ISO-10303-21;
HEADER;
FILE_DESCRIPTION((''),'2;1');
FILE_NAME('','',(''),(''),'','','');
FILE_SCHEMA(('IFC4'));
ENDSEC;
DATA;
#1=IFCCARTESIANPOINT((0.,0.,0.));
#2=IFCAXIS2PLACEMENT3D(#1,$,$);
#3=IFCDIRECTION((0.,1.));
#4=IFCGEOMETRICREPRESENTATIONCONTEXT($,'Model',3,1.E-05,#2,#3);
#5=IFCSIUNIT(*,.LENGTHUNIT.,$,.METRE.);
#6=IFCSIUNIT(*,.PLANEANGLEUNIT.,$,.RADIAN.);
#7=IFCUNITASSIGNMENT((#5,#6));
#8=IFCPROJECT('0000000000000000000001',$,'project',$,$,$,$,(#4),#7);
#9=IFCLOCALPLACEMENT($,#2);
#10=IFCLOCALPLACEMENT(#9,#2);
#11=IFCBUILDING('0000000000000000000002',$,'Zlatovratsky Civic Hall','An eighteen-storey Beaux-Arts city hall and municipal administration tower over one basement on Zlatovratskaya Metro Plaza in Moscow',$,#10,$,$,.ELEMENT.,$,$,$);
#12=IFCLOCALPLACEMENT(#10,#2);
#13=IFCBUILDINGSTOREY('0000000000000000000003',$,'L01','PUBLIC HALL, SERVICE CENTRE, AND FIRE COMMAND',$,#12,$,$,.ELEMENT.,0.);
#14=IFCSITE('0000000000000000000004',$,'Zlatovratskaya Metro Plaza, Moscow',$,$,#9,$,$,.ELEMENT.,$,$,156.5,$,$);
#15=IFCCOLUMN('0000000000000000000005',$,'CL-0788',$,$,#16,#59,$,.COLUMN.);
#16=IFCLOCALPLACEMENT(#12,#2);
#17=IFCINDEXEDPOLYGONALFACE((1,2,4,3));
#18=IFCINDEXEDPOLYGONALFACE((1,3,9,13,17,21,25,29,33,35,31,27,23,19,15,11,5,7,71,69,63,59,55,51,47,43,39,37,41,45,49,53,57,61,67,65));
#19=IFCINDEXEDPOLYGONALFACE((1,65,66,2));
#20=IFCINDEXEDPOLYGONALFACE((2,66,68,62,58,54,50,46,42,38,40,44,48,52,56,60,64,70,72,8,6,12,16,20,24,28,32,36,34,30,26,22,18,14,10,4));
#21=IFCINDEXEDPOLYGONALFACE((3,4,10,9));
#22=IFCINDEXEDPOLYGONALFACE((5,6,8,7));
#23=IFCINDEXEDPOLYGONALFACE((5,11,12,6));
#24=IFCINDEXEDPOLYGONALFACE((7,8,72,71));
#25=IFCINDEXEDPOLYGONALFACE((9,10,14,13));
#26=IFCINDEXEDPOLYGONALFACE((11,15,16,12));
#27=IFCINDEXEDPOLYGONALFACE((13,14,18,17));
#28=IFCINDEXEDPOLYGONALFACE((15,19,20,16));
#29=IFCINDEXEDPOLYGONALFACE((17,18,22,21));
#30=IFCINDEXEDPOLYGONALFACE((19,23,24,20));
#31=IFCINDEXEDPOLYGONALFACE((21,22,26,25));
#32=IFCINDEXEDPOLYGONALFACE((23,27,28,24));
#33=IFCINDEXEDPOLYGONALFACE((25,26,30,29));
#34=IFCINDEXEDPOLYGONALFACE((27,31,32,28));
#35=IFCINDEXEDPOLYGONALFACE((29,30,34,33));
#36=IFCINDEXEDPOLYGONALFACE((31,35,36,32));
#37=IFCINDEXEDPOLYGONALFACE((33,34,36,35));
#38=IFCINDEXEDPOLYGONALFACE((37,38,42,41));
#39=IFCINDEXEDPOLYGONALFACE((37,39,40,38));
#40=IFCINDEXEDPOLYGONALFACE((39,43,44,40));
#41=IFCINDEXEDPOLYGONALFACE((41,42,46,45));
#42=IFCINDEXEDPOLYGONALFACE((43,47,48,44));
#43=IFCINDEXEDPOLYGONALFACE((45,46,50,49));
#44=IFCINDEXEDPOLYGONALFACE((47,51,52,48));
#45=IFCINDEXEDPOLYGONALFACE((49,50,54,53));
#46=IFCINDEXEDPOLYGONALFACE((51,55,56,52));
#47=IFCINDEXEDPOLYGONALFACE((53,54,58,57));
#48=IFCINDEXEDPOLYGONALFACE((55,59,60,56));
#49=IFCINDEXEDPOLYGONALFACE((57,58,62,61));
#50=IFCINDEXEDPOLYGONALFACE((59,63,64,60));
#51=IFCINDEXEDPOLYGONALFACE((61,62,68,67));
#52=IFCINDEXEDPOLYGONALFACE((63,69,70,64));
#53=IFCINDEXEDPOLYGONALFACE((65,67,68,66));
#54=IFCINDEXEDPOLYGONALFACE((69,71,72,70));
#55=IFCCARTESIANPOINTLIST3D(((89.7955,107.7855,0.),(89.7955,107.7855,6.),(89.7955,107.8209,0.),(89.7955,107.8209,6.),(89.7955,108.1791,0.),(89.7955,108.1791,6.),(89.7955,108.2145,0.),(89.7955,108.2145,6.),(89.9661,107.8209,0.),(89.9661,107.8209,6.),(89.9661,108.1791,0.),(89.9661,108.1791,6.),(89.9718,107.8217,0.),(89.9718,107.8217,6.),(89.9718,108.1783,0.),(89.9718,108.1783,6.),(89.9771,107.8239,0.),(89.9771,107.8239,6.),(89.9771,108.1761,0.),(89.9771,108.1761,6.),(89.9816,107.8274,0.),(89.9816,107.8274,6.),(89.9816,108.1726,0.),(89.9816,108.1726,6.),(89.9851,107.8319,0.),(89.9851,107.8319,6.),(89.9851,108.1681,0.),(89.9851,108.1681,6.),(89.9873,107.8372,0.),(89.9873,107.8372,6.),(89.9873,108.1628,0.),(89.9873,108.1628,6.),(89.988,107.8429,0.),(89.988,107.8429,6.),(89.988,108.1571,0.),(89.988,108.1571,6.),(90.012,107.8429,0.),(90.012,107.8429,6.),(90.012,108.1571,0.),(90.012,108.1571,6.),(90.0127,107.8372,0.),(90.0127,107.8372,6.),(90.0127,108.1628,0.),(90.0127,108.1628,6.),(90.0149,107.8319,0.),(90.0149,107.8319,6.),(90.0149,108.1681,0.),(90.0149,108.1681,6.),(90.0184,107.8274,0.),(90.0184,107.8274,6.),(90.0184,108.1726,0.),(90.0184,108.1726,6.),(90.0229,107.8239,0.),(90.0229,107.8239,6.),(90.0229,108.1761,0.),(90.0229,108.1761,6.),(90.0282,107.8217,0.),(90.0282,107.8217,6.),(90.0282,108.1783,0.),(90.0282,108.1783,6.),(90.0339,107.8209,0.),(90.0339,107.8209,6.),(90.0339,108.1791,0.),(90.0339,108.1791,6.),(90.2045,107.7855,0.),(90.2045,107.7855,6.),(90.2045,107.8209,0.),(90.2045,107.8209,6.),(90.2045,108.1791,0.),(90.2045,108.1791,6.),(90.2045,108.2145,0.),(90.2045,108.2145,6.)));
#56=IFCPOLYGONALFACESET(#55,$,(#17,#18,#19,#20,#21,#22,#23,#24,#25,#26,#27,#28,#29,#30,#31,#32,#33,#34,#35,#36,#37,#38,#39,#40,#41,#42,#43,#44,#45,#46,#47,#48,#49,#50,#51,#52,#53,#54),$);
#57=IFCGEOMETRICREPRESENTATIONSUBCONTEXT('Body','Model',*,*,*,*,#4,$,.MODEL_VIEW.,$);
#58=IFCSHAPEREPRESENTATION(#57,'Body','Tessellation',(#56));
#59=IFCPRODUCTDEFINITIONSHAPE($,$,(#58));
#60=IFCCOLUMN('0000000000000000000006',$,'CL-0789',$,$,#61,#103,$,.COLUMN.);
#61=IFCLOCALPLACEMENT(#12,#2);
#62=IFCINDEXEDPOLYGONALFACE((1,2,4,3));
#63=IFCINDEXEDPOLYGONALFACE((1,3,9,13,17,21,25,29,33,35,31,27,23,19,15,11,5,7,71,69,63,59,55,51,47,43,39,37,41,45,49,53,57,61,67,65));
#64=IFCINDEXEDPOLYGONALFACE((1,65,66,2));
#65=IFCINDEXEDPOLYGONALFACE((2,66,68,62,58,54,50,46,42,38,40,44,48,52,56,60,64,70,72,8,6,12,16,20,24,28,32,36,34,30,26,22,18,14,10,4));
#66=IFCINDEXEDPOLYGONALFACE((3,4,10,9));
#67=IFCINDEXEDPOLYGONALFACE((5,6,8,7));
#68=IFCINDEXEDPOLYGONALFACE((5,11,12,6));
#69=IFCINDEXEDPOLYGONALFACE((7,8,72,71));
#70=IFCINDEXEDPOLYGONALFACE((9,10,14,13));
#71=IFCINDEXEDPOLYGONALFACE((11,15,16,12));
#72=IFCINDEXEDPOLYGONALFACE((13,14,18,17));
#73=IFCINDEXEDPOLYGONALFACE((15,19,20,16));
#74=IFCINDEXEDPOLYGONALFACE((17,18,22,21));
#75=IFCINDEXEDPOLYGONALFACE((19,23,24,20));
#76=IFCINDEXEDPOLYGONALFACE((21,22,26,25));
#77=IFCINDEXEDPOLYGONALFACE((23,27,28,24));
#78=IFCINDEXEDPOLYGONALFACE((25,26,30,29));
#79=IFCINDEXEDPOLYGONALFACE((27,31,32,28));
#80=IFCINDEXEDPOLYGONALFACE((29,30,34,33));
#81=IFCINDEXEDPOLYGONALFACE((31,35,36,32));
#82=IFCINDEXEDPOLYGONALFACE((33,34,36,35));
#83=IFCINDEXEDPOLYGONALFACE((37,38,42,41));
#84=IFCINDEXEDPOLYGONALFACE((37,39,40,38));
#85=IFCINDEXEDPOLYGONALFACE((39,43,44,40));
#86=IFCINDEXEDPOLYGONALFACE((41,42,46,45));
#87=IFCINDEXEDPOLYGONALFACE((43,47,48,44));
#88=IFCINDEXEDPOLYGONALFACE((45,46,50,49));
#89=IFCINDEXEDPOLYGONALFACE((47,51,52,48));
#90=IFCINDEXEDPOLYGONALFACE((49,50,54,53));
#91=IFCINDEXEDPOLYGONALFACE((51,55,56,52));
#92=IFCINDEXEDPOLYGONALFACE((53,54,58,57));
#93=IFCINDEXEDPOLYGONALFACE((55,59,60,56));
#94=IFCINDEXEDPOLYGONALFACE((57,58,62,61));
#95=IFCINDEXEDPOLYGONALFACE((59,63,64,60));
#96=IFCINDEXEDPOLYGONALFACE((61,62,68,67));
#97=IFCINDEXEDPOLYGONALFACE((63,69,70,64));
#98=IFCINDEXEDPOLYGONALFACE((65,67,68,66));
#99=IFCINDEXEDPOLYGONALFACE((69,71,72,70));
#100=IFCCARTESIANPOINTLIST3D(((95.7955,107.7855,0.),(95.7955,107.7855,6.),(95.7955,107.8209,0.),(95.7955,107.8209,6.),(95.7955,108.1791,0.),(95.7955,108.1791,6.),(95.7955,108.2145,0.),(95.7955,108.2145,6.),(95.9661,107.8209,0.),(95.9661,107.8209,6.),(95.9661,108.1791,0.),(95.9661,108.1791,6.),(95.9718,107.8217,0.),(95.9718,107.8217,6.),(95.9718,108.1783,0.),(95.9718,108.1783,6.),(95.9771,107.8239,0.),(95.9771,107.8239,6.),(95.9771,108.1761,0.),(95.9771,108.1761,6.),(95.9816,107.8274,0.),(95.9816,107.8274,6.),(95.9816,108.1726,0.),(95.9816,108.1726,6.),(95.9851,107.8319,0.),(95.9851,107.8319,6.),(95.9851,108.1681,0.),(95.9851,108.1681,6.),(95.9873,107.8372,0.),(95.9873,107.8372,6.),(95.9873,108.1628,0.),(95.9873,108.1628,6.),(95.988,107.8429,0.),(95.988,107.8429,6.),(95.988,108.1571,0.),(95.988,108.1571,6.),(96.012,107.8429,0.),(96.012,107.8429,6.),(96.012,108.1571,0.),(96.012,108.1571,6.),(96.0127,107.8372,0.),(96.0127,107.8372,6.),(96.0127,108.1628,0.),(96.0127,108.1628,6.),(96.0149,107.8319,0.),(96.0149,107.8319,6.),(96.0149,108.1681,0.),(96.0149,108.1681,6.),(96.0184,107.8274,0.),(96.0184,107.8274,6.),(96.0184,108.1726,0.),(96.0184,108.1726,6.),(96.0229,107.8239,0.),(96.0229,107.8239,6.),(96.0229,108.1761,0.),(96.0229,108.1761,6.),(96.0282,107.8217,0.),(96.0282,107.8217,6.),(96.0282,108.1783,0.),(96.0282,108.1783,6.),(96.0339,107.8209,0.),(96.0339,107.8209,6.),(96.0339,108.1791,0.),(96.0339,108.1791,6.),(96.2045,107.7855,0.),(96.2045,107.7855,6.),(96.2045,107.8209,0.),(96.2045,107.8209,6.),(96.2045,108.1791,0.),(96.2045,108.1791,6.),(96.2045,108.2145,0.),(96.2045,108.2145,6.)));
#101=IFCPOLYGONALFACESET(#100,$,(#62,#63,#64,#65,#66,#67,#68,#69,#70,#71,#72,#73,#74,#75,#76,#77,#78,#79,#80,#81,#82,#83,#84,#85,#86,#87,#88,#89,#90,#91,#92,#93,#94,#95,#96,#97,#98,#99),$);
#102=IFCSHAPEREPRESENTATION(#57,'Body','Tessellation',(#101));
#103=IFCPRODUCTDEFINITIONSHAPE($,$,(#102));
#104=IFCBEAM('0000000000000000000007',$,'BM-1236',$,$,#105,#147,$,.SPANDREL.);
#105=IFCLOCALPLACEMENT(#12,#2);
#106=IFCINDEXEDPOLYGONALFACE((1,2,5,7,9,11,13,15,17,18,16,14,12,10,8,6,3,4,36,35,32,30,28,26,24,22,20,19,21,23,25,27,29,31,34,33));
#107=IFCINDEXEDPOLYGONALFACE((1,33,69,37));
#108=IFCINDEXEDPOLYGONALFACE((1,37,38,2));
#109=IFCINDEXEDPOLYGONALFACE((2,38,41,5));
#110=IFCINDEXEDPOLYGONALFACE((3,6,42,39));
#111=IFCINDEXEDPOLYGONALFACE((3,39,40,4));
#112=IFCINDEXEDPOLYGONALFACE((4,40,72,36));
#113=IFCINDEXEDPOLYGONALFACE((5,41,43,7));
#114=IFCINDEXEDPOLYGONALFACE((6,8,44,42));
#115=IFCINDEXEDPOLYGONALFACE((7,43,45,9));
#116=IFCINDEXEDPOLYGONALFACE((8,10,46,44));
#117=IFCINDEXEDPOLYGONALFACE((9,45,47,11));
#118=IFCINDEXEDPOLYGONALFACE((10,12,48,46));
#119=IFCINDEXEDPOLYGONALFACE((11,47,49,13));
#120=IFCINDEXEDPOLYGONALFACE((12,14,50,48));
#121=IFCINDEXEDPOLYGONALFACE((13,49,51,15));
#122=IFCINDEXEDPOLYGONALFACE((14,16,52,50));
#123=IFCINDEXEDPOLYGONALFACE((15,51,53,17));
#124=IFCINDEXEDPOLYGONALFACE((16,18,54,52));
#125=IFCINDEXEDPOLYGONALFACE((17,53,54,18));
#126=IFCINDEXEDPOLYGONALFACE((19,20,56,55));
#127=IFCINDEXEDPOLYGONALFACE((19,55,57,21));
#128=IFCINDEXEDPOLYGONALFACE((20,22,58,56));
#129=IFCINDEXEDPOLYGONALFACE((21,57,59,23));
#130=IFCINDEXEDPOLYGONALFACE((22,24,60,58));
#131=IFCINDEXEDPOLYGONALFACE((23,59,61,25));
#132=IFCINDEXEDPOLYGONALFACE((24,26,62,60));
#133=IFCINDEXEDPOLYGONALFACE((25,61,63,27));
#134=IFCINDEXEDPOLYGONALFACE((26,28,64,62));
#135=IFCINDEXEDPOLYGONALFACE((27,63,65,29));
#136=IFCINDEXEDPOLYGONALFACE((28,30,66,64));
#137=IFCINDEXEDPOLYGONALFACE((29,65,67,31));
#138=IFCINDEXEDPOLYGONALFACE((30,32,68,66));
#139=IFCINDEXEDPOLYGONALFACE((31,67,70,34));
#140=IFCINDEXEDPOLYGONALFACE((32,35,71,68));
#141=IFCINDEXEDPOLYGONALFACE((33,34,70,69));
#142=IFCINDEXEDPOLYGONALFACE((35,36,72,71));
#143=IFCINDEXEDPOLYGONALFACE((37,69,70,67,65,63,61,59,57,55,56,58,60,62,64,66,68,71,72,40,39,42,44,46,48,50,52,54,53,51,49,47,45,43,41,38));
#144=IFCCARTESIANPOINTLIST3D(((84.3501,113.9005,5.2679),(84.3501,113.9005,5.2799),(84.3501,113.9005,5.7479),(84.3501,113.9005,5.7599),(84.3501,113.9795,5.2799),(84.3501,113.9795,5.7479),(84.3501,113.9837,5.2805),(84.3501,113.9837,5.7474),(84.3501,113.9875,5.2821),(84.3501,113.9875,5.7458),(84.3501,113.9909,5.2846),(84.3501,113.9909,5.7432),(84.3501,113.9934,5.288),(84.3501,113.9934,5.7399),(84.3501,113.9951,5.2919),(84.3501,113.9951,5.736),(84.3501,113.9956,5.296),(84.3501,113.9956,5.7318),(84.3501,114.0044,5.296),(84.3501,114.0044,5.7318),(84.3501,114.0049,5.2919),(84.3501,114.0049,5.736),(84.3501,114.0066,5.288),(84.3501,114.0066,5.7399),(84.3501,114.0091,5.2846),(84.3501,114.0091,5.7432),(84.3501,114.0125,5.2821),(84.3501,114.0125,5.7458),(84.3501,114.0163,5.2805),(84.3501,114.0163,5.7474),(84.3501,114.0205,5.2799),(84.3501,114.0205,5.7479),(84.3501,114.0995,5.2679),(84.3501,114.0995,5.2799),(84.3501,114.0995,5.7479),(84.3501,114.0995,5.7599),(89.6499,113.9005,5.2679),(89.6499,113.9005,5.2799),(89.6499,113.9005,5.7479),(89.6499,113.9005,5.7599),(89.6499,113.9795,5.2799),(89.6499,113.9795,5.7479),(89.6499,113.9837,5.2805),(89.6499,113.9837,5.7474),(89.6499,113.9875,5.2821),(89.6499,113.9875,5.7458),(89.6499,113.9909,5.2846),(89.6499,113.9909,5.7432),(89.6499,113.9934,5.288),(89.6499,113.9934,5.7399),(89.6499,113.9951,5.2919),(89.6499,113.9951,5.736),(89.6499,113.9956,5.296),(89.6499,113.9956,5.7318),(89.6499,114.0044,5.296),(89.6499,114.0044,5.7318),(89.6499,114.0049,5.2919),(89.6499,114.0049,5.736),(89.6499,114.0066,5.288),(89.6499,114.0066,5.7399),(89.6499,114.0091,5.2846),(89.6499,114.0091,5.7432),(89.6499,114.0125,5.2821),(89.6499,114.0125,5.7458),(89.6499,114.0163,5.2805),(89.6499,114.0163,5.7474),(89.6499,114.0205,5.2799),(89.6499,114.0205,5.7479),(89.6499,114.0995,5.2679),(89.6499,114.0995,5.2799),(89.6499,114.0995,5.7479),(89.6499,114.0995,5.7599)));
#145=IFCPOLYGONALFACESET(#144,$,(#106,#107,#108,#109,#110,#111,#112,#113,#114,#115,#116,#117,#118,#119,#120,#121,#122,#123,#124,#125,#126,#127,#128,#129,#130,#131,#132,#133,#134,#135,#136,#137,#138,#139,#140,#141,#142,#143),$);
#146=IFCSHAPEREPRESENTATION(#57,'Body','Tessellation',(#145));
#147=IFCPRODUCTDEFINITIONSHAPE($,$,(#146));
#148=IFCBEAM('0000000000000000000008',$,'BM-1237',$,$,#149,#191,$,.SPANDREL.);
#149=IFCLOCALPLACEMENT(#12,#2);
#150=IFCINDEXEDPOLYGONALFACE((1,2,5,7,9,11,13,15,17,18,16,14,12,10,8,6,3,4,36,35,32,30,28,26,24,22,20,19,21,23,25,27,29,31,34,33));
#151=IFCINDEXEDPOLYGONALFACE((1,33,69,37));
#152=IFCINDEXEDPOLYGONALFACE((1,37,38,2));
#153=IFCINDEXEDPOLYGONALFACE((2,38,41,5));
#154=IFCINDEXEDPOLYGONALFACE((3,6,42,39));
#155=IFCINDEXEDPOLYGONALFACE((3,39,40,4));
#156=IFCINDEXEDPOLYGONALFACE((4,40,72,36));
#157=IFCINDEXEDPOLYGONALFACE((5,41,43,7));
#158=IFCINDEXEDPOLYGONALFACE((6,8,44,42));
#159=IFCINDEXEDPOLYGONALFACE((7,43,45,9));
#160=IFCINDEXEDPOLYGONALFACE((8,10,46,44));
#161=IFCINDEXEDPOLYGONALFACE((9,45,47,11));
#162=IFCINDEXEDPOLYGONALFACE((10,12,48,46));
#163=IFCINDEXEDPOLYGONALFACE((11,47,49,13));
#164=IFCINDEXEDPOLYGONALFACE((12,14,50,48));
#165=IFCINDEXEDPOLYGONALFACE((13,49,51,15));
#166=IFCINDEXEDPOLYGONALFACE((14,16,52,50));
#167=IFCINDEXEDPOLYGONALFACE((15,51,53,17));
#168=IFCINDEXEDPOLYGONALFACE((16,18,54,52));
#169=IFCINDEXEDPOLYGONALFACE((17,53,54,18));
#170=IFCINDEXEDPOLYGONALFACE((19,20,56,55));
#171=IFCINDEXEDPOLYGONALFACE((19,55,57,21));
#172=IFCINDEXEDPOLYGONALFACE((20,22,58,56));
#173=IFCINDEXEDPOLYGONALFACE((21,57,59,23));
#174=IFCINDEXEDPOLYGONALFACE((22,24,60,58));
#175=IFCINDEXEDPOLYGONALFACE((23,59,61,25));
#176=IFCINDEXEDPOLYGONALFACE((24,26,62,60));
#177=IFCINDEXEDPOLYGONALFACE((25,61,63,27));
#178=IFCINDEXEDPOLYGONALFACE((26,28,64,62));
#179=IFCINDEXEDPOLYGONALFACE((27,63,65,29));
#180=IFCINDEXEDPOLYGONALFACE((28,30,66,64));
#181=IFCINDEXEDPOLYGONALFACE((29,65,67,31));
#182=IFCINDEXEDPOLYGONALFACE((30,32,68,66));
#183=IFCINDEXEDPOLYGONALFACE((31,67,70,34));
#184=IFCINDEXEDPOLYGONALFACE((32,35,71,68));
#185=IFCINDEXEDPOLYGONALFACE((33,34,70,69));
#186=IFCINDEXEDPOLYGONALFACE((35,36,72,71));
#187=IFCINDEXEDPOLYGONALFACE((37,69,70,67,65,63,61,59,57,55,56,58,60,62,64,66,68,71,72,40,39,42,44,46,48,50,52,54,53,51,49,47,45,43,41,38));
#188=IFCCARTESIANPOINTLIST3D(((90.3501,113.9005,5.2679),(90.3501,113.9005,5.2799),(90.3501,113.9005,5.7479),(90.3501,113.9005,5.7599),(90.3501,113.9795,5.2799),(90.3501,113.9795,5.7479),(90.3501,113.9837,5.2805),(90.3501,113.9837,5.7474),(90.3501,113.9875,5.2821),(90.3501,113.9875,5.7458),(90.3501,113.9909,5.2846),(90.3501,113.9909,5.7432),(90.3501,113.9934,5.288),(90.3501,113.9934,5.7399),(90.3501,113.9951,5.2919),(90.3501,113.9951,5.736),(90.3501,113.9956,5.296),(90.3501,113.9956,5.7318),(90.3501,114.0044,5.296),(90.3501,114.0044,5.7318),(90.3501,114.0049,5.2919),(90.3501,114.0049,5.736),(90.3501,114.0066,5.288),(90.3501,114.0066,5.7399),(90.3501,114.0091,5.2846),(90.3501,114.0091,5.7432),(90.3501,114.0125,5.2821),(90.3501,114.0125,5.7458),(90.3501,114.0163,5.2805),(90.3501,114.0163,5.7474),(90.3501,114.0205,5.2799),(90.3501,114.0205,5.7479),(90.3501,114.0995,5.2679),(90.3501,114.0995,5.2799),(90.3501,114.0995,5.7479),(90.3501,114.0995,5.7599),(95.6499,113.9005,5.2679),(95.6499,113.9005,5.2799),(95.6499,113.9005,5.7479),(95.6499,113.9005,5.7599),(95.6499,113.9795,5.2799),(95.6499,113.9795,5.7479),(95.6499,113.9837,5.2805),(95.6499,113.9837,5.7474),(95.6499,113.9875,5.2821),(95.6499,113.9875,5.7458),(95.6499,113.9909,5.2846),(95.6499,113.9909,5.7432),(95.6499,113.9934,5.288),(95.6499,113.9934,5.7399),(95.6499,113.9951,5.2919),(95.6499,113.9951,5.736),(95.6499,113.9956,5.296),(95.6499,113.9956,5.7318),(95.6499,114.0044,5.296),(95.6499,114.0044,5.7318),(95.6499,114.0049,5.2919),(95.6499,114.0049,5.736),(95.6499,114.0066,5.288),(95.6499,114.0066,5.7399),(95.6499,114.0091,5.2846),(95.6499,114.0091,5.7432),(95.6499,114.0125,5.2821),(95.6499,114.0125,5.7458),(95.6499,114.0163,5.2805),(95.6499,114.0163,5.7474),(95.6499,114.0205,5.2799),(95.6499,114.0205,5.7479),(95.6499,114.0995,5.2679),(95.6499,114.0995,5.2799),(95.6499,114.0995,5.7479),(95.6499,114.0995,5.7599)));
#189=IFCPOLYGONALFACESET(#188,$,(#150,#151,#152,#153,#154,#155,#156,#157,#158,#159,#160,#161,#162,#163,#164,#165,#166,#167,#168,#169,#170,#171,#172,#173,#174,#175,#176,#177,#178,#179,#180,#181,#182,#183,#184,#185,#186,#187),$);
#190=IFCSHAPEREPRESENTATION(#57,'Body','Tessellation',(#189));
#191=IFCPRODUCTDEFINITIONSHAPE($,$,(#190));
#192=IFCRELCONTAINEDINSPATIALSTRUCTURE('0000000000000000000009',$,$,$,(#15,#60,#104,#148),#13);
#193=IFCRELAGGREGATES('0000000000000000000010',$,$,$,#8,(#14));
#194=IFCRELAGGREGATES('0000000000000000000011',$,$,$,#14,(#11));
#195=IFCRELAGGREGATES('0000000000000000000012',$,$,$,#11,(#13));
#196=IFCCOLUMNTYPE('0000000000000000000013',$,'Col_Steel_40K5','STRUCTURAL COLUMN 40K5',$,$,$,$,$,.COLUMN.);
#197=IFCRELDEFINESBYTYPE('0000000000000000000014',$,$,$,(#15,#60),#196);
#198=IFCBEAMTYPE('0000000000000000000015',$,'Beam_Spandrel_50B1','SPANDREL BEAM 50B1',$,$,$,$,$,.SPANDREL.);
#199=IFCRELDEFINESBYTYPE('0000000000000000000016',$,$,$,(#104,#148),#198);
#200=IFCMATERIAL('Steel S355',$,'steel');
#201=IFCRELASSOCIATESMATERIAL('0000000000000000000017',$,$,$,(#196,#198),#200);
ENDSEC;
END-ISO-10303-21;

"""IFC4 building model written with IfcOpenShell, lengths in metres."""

from ifc_helpers import new_model, si_unit, direction, frame, origin, origin_2d, place, context, subcontext, project, spatial, i_section, extrude, material, material_profile, profile_set, type_object, element, save


model = new_model("IFC4")

# Units and contexts
model_context = context("Model", 3, precision=1e-05, world=origin(), true_north=direction((0.0, 1.0)))
body_context = subcontext(model_context, "Body", "Model", "MODEL_VIEW")
ifc_project = project(units=[si_unit("LENGTHUNIT", "METRE"), si_unit("PLANEANGLEUNIT", "RADIAN")], contexts=[model_context])

# Site, building, storey
site_placement = place(None, origin())
site = spatial("IfcSite", under=ifc_project, at=site_placement, Name="Zlatovratskaya Metro Plaza, Moscow", CompositionType="ELEMENT", RefElevation=156.5)
building_placement = place(site_placement, origin())
building = spatial("IfcBuilding", under=site, at=building_placement, Name="Zlatovratsky Civic Hall", Description="An eighteen-storey Beaux-Arts city hall and municipal administration tower over one basement on Zlatovratskaya Metro Plaza in Moscow", CompositionType="ELEMENT")
storey_placement = place(building_placement, origin())
storey = spatial("IfcBuildingStorey", under=building, at=storey_placement, Name="L01", Description="PUBLIC HALL, SERVICE CENTRE, AND FIRE COMMAND", CompositionType="ELEMENT", Elevation=0.0)

# Columns
ifc_material_1 = material(Name="Steel S355", Category="steel")
ifc_material_profile_1 = material_profile(ifc_material_1, i_section(OverallWidth=0.4089, OverallDepth=0.429, WebThickness=0.0239, FlangeThickness=0.0354, FilletRadius=0.022, at=origin_2d()), Name="40K5")
ifc_profile_set_1 = profile_set([ifc_material_profile_1], Name="Steel S355")
column_type_1 = type_object("IfcColumnType", Name="Col_Steel_40K5", Description="STRUCTURAL COLUMN 40K5", PredefinedType="COLUMN", material=ifc_profile_set_1)
for number, where, z_axis, x_axis, name in (
    (1, (90.0, 108.0, 0.0), (0.0, 0.0, 1.0), (1.0, 0.0, 0.0), "CL-0788"),
    (2, (96.0, 108.0, 0.0), (0.0, 0.0, 1.0), (1.0, 0.0, 0.0), "CL-0789"),
):
    element("IfcColumn", number, at=place(storey_placement, frame(where, z_axis=z_axis, x_axis=x_axis)), inside=storey, type_object=column_type_1, Name=name, PredefinedType="COLUMN", context=body_context, shape_type="SweptSolid", body=[
        extrude(i_section(OverallWidth=0.4089, OverallDepth=0.429, WebThickness=0.0239, FlangeThickness=0.0354, FilletRadius=0.022, at=origin_2d()), origin(), (0.0, 0.0, 1.0), 6.0),
    ])

# Beams
ifc_material_profile_2 = material_profile(ifc_material_1, i_section(OverallWidth=0.199, OverallDepth=0.4919, WebThickness=0.0088, FlangeThickness=0.012, FilletRadius=0.0161, at=origin_2d()), Name="50B1")
ifc_profile_set_2 = profile_set([ifc_material_profile_2], Name="Steel S355")
beam_type_1 = type_object("IfcBeamType", Name="Beam_Spandrel_50B1", Description="SPANDREL BEAM 50B1", PredefinedType="SPANDREL", material=ifc_profile_set_2)
for number, where, z_axis, x_axis, name in (
    (3, (84.3501, 114.0, 5.5139), (1.0, 0.0, 0.0), (0.0, 1.0, 0.0), "BM-1236"),
    (4, (90.3501, 114.0, 5.5139), (1.0, 0.0, 0.0), (0.0, 1.0, 0.0), "BM-1237"),
):
    element("IfcBeam", number, at=place(storey_placement, frame(where, z_axis=z_axis, x_axis=x_axis)), inside=storey, type_object=beam_type_1, Name=name, PredefinedType="SPANDREL", context=body_context, shape_type="SweptSolid", body=[
        extrude(i_section(OverallWidth=0.199, OverallDepth=0.4919, WebThickness=0.0088, FlangeThickness=0.012, FilletRadius=0.0161, at=origin_2d()), origin(), (0.0, 0.0, 1.0), 5.2998),
    ])

save(model, "model.ifc")
